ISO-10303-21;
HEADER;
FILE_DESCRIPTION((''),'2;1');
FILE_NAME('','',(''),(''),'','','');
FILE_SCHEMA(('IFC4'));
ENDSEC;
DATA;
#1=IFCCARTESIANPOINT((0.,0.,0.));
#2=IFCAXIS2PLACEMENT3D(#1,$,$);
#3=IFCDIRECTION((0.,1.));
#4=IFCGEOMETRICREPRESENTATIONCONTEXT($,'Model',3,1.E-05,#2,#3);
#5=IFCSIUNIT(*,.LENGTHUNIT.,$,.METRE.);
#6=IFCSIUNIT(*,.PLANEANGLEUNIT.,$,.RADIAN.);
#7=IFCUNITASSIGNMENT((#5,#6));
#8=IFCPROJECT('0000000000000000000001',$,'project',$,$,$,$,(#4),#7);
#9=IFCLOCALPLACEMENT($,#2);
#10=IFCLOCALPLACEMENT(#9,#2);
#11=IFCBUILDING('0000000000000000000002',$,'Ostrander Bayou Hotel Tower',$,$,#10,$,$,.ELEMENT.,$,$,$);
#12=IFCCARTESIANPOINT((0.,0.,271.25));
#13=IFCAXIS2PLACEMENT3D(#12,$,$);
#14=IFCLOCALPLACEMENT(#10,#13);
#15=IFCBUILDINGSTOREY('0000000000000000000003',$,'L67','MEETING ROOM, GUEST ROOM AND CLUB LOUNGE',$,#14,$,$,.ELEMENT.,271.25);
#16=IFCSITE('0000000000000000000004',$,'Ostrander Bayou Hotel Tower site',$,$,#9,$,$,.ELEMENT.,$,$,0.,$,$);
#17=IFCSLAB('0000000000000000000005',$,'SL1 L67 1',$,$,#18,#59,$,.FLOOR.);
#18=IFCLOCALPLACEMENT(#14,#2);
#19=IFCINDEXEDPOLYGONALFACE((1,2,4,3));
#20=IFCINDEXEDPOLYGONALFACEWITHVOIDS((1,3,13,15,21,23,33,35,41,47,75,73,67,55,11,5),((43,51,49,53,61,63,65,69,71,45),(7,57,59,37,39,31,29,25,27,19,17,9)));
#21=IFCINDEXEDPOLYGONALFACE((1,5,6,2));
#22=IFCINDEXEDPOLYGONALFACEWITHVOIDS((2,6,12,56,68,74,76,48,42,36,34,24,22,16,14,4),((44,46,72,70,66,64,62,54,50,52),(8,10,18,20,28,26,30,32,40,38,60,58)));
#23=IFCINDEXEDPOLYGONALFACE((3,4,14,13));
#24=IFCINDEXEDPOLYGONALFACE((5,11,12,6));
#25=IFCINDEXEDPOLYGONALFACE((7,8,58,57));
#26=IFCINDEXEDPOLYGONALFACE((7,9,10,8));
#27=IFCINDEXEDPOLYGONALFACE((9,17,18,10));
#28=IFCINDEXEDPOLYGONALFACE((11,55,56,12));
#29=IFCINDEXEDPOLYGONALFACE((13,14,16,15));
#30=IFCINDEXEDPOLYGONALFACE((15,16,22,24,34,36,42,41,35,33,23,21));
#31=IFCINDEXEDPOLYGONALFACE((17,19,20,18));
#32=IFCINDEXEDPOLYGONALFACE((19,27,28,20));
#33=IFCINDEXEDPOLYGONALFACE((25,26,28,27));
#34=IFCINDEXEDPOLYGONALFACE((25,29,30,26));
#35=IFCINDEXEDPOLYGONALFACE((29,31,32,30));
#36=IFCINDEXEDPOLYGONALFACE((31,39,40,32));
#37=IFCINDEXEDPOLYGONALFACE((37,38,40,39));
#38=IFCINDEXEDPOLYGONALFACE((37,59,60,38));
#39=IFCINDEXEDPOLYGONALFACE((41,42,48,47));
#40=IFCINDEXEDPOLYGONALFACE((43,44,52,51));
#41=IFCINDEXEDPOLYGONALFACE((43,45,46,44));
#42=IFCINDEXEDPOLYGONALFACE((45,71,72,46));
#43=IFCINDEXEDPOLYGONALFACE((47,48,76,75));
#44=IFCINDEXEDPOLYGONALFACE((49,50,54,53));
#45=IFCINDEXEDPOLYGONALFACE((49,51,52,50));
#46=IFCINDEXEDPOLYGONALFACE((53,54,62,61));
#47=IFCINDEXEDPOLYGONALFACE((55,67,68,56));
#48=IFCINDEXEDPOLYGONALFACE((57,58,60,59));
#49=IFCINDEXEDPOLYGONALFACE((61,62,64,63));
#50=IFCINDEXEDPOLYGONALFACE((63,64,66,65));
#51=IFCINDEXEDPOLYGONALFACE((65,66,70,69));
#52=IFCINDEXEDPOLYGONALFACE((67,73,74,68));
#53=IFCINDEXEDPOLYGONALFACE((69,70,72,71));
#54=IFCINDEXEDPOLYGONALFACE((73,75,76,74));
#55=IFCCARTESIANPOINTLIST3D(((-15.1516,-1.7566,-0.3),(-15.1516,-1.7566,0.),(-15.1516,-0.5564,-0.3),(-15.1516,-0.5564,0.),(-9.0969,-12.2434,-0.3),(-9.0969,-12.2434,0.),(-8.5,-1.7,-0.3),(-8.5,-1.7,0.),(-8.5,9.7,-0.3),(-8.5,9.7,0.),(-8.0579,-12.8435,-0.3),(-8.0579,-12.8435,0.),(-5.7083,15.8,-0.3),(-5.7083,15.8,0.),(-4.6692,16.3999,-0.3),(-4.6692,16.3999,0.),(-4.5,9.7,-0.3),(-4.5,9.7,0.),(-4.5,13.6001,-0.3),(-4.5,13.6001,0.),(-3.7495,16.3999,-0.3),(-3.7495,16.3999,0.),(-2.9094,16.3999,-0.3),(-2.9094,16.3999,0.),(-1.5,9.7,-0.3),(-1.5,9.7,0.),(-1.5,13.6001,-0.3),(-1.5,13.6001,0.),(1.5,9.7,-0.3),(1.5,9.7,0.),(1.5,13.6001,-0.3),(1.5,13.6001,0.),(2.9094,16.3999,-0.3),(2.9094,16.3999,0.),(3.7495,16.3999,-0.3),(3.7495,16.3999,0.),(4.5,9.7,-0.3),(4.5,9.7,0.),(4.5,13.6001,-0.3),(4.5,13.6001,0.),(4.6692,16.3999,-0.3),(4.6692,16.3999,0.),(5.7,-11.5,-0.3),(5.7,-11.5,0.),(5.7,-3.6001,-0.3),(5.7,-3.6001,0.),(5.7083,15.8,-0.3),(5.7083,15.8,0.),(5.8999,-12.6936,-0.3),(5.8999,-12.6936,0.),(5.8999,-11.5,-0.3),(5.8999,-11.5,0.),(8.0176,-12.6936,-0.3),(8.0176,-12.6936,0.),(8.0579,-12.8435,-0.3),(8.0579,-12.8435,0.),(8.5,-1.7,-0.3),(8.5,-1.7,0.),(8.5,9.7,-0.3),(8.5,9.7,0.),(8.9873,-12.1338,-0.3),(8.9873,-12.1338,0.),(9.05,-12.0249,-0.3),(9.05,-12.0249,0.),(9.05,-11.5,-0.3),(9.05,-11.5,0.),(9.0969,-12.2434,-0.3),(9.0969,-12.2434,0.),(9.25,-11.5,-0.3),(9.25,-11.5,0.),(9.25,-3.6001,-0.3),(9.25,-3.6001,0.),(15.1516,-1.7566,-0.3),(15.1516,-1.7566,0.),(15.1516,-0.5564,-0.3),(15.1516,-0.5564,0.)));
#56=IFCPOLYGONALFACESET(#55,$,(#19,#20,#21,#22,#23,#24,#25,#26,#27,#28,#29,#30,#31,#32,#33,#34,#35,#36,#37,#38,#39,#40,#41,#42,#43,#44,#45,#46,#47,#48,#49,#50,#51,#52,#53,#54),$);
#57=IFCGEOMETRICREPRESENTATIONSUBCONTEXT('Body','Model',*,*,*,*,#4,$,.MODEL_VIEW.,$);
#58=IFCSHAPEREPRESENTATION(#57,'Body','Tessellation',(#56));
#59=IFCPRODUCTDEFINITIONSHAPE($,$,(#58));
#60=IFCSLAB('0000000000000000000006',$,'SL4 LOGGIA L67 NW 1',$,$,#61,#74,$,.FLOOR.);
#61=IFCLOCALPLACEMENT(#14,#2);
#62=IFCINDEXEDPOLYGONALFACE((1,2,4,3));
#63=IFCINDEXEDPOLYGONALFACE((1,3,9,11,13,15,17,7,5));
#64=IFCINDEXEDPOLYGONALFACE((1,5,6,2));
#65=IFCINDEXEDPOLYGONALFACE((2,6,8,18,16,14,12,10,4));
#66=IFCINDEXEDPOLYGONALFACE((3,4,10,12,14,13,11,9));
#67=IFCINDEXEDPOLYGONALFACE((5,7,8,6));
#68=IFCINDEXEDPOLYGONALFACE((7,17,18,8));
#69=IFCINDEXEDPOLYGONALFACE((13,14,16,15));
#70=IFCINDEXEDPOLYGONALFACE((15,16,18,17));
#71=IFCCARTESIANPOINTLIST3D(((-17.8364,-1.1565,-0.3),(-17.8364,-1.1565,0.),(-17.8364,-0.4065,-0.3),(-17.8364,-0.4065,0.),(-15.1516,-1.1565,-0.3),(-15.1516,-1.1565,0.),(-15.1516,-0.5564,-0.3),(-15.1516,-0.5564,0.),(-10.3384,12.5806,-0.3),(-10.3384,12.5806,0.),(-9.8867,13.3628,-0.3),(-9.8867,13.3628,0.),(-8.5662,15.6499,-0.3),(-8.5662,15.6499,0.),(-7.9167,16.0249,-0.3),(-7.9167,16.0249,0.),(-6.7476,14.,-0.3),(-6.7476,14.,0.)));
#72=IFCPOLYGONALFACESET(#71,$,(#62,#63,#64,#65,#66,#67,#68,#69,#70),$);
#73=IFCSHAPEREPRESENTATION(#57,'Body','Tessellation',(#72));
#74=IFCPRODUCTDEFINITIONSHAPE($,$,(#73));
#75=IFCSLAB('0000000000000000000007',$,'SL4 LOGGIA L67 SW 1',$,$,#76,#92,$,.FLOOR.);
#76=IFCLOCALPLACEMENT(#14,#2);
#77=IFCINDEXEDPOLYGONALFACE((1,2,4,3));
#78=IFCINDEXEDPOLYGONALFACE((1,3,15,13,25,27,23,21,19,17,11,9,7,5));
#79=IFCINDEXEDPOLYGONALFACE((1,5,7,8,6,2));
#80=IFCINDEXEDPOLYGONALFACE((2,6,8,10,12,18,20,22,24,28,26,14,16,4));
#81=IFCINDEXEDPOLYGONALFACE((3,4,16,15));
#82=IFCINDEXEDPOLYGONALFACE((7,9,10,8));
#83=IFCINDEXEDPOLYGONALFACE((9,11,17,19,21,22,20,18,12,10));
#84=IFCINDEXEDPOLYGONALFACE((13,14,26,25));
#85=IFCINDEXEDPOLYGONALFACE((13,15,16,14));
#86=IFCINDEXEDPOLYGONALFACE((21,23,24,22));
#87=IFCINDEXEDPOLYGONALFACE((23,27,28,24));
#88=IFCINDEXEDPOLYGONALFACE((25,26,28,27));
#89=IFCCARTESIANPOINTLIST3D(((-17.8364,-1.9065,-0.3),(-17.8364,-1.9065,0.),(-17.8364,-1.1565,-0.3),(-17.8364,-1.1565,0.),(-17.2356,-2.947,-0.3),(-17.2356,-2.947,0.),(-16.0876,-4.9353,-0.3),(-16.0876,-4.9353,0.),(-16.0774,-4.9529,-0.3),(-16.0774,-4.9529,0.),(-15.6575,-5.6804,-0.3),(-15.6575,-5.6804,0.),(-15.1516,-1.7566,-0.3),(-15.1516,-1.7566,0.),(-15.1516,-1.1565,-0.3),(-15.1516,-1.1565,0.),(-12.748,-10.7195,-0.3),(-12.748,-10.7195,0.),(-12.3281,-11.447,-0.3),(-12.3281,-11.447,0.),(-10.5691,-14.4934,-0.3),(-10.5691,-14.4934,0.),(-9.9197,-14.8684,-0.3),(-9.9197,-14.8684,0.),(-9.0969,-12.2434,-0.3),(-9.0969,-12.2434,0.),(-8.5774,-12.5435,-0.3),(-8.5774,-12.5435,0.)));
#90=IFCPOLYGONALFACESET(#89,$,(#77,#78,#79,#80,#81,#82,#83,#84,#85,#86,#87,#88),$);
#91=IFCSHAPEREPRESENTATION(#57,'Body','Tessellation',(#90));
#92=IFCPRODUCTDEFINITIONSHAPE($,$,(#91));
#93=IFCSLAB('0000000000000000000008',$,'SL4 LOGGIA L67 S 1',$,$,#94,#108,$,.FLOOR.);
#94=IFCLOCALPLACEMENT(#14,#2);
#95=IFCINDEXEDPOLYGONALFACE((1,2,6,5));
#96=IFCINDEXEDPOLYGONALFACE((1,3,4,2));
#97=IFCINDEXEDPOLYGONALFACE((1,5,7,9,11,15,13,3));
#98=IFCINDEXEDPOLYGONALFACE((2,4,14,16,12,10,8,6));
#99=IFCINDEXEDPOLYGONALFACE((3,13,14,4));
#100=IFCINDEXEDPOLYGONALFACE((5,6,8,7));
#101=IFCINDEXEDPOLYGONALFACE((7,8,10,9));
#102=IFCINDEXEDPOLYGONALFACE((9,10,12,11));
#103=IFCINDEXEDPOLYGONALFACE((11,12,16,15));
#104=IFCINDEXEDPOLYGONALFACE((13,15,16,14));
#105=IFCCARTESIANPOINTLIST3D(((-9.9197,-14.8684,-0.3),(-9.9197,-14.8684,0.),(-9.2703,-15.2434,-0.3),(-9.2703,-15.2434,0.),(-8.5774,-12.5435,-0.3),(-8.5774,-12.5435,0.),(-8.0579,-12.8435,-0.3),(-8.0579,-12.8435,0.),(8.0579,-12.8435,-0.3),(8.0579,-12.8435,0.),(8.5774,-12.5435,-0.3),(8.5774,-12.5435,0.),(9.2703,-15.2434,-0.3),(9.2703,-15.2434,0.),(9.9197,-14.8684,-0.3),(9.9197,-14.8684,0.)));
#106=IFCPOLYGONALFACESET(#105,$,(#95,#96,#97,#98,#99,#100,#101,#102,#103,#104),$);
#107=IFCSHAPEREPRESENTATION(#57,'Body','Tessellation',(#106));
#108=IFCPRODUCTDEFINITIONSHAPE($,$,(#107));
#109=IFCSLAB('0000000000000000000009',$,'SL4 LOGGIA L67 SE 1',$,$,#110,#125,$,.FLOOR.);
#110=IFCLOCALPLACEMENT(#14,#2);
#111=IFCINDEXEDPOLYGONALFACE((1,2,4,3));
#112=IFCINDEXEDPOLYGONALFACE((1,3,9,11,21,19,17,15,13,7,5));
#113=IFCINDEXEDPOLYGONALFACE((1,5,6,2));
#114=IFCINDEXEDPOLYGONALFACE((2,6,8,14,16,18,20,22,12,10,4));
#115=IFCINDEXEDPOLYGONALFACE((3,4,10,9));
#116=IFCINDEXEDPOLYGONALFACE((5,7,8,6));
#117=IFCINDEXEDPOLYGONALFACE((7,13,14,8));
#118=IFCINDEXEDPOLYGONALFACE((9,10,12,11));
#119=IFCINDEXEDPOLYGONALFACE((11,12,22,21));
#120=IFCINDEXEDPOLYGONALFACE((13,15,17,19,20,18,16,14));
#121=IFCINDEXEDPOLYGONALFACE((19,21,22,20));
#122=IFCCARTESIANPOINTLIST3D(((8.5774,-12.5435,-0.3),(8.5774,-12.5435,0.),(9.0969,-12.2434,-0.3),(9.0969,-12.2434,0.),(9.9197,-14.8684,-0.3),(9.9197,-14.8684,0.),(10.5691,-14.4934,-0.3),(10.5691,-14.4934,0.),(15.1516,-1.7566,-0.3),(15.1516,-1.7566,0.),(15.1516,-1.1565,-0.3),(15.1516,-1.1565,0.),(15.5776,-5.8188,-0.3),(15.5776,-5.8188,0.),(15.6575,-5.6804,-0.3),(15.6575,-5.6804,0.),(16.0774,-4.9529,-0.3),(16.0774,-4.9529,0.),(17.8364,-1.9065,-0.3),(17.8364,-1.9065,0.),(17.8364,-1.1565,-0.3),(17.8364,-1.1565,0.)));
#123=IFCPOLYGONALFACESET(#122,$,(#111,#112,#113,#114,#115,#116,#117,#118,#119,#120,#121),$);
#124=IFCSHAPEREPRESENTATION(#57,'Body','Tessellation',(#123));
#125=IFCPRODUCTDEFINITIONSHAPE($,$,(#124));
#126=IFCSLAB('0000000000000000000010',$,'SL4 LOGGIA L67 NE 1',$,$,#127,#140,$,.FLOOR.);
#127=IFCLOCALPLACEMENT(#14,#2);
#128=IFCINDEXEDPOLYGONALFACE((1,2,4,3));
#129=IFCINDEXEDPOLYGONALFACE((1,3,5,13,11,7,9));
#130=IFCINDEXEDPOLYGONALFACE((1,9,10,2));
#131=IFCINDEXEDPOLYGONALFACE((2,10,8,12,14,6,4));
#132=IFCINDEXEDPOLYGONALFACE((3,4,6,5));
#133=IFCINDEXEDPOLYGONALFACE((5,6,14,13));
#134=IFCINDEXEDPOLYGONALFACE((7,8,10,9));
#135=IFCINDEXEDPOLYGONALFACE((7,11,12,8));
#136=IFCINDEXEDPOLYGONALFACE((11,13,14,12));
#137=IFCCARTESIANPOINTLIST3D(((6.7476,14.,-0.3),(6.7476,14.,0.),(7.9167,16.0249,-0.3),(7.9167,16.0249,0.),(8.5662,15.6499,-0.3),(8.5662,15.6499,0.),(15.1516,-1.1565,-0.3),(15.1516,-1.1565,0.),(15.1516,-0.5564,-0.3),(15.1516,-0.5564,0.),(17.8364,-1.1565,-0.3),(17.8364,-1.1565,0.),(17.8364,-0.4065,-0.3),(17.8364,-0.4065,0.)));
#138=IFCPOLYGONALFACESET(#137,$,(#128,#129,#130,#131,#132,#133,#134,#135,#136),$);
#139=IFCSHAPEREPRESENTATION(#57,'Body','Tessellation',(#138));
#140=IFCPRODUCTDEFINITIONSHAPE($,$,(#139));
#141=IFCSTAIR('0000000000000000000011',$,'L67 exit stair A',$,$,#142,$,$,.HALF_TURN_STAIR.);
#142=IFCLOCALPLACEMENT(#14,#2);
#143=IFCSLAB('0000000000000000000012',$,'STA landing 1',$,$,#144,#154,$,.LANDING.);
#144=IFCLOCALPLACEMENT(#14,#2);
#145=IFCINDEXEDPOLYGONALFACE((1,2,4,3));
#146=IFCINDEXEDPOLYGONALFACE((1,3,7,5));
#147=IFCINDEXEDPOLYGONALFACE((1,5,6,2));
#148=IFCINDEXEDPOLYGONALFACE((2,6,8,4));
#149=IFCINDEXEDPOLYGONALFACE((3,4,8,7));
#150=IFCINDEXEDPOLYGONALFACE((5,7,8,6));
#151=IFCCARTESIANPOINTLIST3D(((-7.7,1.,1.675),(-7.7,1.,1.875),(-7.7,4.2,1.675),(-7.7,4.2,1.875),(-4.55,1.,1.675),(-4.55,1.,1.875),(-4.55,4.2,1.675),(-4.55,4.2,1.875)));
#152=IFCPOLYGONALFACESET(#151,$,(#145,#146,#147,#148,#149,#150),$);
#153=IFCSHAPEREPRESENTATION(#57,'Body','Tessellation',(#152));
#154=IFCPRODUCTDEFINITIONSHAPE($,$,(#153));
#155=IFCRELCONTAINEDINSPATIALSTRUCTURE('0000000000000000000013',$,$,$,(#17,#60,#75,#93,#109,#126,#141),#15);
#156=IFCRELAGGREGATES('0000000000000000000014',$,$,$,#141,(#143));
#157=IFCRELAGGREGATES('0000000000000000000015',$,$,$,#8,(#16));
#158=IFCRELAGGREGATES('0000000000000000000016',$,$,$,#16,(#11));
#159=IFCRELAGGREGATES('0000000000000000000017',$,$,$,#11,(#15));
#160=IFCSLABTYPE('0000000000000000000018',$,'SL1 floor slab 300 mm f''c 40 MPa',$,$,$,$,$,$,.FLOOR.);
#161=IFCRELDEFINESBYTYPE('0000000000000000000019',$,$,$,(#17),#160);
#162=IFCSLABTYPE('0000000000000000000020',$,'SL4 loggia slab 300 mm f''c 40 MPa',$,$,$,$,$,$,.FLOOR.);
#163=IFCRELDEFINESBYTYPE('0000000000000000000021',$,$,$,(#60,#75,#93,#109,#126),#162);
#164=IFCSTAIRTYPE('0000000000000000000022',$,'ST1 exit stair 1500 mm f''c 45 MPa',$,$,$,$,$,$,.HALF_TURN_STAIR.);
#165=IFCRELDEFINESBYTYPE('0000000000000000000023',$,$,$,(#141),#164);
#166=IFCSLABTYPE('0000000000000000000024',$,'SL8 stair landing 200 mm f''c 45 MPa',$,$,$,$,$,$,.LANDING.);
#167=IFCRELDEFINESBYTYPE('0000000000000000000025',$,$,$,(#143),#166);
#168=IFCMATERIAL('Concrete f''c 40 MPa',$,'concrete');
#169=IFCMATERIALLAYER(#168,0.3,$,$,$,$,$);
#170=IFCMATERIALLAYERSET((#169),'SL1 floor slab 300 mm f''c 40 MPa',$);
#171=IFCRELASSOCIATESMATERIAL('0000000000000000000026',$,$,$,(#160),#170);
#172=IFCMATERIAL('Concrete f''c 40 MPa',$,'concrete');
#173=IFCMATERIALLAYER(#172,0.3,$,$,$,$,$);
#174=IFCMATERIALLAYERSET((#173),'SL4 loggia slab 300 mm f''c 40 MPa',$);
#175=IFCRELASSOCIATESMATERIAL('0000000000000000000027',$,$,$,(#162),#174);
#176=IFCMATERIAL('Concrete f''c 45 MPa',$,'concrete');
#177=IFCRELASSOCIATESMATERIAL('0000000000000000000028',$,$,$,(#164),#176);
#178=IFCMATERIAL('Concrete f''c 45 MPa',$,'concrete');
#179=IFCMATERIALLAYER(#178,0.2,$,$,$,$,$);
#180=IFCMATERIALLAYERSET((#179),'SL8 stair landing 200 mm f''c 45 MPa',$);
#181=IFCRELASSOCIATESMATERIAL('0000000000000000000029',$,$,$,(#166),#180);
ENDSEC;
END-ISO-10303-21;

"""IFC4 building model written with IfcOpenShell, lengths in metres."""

from ifc_helpers import new_model, si_unit, direction, frame, origin, place, context, subcontext, project, spatial, polyline, outline, extrude, material, layer, layer_set, type_object, element, aggregate, save


model = new_model("IFC4")

# Units and contexts
model_context = context("Model", 3, precision=1e-05, world=origin(), true_north=direction((0.0, 1.0)))
body_context = subcontext(model_context, "Body", "Model", "MODEL_VIEW")
ifc_project = project(units=[si_unit("LENGTHUNIT", "METRE"), si_unit("PLANEANGLEUNIT", "RADIAN")], contexts=[model_context])

# Site, building, storey
site_placement = place(None, origin())
site = spatial("IfcSite", under=ifc_project, at=site_placement, Name="Ostrander Bayou Hotel Tower site", CompositionType="ELEMENT", RefElevation=0.0)
building_placement = place(site_placement, origin())
building = spatial("IfcBuilding", under=site, at=building_placement, Name="Ostrander Bayou Hotel Tower", CompositionType="ELEMENT")
storey_placement = place(building_placement, frame((0.0, 0.0, 271.25)))
storey = spatial("IfcBuildingStorey", under=building, at=storey_placement, Name="L67", Description="MEETING ROOM, GUEST ROOM AND CLUB LOUNGE", CompositionType="ELEMENT", Elevation=271.25)

# Slabs
ifc_material_1 = material(Name="Concrete f'c 40 MPa", Category="concrete")
ifc_layer_1 = layer(ifc_material_1, 0.3)
ifc_layer_set_1 = layer_set([ifc_layer_1], Name="SL1 floor slab 300 mm f'c 40 MPa")
slab_type_1 = type_object("IfcSlabType", Name="SL1 floor slab 300 mm f'c 40 MPa", PredefinedType="FLOOR", material=ifc_layer_set_1)
slab_1_placement = place(storey_placement, frame((0.0, 0.0, -0.3)))
element("IfcSlab", 1, at=slab_1_placement, inside=storey, type_object=slab_type_1, Name="SL1 L67 1", PredefinedType="FLOOR", context=body_context, shape_type="SweptSolid", body=[
    extrude(outline(polyline([(-2.9094, 16.3999), (2.9094, 16.3999), (3.7495, 16.3999), (4.6692, 16.3999), (5.7083, 15.8), (15.1516, -0.5564), (15.1516, -1.7566), (9.0969, -12.2434), (8.0579, -12.8435), (-8.0579, -12.8435), (-9.0969, -12.2434), (-15.1516, -1.7566), (-15.1516, -0.5564), (-5.7083, 15.8), (-4.6692, 16.3999), (-3.7495, 16.3999), (-2.9094, 16.3999)]), holes=[polyline([(9.05, -12.0249), (9.05, -11.5), (9.25, -11.5), (9.25, -3.6001), (5.7, -3.6001), (5.7, -11.5), (5.8999, -11.5), (5.8999, -12.6936), (8.0176, -12.6936), (8.9873, -12.1338), (9.05, -12.0249)]), polyline([(-8.5, -1.7), (8.5, -1.7), (8.5, 9.7), (4.5, 9.7), (4.5, 13.6001), (1.5, 13.6001), (1.5, 9.7), (-1.5, 9.7), (-1.5, 13.6001), (-4.5, 13.6001), (-4.5, 9.7), (-8.5, 9.7), (-8.5, -1.7)])]), origin(), (0.0, 0.0, 1.0), 0.3),
])
ifc_material_2 = material(Name="Concrete f'c 40 MPa", Category="concrete")
ifc_layer_2 = layer(ifc_material_2, 0.3)
ifc_layer_set_2 = layer_set([ifc_layer_2], Name="SL4 loggia slab 300 mm f'c 40 MPa")
slab_type_2 = type_object("IfcSlabType", Name="SL4 loggia slab 300 mm f'c 40 MPa", PredefinedType="FLOOR", material=ifc_layer_set_2)
slab_2_placement = place(storey_placement, frame((0.0, 0.0, -0.3)))
element("IfcSlab", 2, at=slab_2_placement, inside=storey, type_object=slab_type_2, Name="SL4 LOGGIA L67 NW 1", PredefinedType="FLOOR", context=body_context, shape_type="SweptSolid", body=[
    extrude(outline(polyline([(-17.8364, -1.1565), (-17.8364, -0.4065), (-10.3384, 12.5806), (-9.8867, 13.3628), (-8.5662, 15.6499), (-7.9167, 16.0249), (-6.7476, 14.0), (-15.1516, -0.5564), (-15.1516, -1.1565), (-17.8364, -1.1565)])), origin(), (0.0, 0.0, 1.0), 0.3),
])
slab_3_placement = place(storey_placement, frame((0.0, 0.0, -0.3)))
element("IfcSlab", 3, at=slab_3_placement, inside=storey, type_object=slab_type_2, Name="SL4 LOGGIA L67 SW 1", PredefinedType="FLOOR", context=body_context, shape_type="SweptSolid", body=[
    extrude(outline(polyline([(-8.5774, -12.5435), (-9.9197, -14.8684), (-10.5691, -14.4934), (-12.3281, -11.447), (-12.748, -10.7195), (-15.6575, -5.6804), (-16.0774, -4.9529), (-16.0876, -4.9353), (-17.2356, -2.947), (-17.8364, -1.9065), (-17.8364, -1.1565), (-15.1516, -1.1565), (-15.1516, -1.7566), (-9.0969, -12.2434), (-8.5774, -12.5435)])), origin(), (0.0, 0.0, 1.0), 0.3),
])
slab_4_placement = place(storey_placement, frame((0.0, 0.0, -0.3)))
element("IfcSlab", 4, at=slab_4_placement, inside=storey, type_object=slab_type_2, Name="SL4 LOGGIA L67 S 1", PredefinedType="FLOOR", context=body_context, shape_type="SweptSolid", body=[
    extrude(outline(polyline([(8.5774, -12.5435), (9.9197, -14.8684), (9.2703, -15.2434), (-9.2703, -15.2434), (-9.9197, -14.8684), (-8.5774, -12.5435), (-8.0579, -12.8435), (8.0579, -12.8435), (8.5774, -12.5435)])), origin(), (0.0, 0.0, 1.0), 0.3),
])
slab_5_placement = place(storey_placement, frame((0.0, 0.0, -0.3)))
element("IfcSlab", 5, at=slab_5_placement, inside=storey, type_object=slab_type_2, Name="SL4 LOGGIA L67 SE 1", PredefinedType="FLOOR", context=body_context, shape_type="SweptSolid", body=[
    extrude(outline(polyline([(15.1516, -1.1565), (17.8364, -1.1565), (17.8364, -1.9065), (16.0774, -4.9529), (15.6575, -5.6804), (15.5776, -5.8188), (10.5691, -14.4934), (9.9197, -14.8684), (8.5774, -12.5435), (9.0969, -12.2434), (15.1516, -1.7566), (15.1516, -1.1565)])), origin(), (0.0, 0.0, 1.0), 0.3),
])
slab_6_placement = place(storey_placement, frame((0.0, 0.0, -0.3)))
element("IfcSlab", 6, at=slab_6_placement, inside=storey, type_object=slab_type_2, Name="SL4 LOGGIA L67 NE 1", PredefinedType="FLOOR", context=body_context, shape_type="SweptSolid", body=[
    extrude(outline(polyline([(7.9167, 16.0249), (8.5662, 15.6499), (17.8364, -0.4065), (17.8364, -1.1565), (15.1516, -1.1565), (15.1516, -0.5564), (6.7476, 14.0), (7.9167, 16.0249)])), origin(), (0.0, 0.0, 1.0), 0.3),
])

# Stair, slab
ifc_material_3 = material(Name="Concrete f'c 45 MPa", Category="concrete")
stair_type = type_object("IfcStairType", Name="ST1 exit stair 1500 mm f'c 45 MPa", PredefinedType="HALF_TURN_STAIR", material=ifc_material_3)
stair_placement = place(storey_placement, origin())
stair = element("IfcStair", 7, at=stair_placement, inside=storey, type_object=stair_type, Name="L67 exit stair A", PredefinedType="HALF_TURN_STAIR")
ifc_material_4 = material(Name="Concrete f'c 45 MPa", Category="concrete")
ifc_layer_3 = layer(ifc_material_4, 0.2)
ifc_layer_set_3 = layer_set([ifc_layer_3], Name="SL8 stair landing 200 mm f'c 45 MPa")
slab_type_3 = type_object("IfcSlabType", Name="SL8 stair landing 200 mm f'c 45 MPa", PredefinedType="LANDING", material=ifc_layer_set_3)
slab_7_placement = place(storey_placement, frame((0.0, 0.0, 1.675)))
slab_7 = element("IfcSlab", 8, at=slab_7_placement, type_object=slab_type_3, Name="STA landing 1", PredefinedType="LANDING", context=body_context, shape_type="SweptSolid", body=[
    extrude(outline(polyline([(-7.7, 4.2), (-7.7, 1.0), (-4.55, 1.0), (-4.55, 4.2), (-7.7, 4.2)])), origin(), (0.0, 0.0, 1.0), 0.2),
])
aggregate(stair, [slab_7])

save(model, "model.ifc")
